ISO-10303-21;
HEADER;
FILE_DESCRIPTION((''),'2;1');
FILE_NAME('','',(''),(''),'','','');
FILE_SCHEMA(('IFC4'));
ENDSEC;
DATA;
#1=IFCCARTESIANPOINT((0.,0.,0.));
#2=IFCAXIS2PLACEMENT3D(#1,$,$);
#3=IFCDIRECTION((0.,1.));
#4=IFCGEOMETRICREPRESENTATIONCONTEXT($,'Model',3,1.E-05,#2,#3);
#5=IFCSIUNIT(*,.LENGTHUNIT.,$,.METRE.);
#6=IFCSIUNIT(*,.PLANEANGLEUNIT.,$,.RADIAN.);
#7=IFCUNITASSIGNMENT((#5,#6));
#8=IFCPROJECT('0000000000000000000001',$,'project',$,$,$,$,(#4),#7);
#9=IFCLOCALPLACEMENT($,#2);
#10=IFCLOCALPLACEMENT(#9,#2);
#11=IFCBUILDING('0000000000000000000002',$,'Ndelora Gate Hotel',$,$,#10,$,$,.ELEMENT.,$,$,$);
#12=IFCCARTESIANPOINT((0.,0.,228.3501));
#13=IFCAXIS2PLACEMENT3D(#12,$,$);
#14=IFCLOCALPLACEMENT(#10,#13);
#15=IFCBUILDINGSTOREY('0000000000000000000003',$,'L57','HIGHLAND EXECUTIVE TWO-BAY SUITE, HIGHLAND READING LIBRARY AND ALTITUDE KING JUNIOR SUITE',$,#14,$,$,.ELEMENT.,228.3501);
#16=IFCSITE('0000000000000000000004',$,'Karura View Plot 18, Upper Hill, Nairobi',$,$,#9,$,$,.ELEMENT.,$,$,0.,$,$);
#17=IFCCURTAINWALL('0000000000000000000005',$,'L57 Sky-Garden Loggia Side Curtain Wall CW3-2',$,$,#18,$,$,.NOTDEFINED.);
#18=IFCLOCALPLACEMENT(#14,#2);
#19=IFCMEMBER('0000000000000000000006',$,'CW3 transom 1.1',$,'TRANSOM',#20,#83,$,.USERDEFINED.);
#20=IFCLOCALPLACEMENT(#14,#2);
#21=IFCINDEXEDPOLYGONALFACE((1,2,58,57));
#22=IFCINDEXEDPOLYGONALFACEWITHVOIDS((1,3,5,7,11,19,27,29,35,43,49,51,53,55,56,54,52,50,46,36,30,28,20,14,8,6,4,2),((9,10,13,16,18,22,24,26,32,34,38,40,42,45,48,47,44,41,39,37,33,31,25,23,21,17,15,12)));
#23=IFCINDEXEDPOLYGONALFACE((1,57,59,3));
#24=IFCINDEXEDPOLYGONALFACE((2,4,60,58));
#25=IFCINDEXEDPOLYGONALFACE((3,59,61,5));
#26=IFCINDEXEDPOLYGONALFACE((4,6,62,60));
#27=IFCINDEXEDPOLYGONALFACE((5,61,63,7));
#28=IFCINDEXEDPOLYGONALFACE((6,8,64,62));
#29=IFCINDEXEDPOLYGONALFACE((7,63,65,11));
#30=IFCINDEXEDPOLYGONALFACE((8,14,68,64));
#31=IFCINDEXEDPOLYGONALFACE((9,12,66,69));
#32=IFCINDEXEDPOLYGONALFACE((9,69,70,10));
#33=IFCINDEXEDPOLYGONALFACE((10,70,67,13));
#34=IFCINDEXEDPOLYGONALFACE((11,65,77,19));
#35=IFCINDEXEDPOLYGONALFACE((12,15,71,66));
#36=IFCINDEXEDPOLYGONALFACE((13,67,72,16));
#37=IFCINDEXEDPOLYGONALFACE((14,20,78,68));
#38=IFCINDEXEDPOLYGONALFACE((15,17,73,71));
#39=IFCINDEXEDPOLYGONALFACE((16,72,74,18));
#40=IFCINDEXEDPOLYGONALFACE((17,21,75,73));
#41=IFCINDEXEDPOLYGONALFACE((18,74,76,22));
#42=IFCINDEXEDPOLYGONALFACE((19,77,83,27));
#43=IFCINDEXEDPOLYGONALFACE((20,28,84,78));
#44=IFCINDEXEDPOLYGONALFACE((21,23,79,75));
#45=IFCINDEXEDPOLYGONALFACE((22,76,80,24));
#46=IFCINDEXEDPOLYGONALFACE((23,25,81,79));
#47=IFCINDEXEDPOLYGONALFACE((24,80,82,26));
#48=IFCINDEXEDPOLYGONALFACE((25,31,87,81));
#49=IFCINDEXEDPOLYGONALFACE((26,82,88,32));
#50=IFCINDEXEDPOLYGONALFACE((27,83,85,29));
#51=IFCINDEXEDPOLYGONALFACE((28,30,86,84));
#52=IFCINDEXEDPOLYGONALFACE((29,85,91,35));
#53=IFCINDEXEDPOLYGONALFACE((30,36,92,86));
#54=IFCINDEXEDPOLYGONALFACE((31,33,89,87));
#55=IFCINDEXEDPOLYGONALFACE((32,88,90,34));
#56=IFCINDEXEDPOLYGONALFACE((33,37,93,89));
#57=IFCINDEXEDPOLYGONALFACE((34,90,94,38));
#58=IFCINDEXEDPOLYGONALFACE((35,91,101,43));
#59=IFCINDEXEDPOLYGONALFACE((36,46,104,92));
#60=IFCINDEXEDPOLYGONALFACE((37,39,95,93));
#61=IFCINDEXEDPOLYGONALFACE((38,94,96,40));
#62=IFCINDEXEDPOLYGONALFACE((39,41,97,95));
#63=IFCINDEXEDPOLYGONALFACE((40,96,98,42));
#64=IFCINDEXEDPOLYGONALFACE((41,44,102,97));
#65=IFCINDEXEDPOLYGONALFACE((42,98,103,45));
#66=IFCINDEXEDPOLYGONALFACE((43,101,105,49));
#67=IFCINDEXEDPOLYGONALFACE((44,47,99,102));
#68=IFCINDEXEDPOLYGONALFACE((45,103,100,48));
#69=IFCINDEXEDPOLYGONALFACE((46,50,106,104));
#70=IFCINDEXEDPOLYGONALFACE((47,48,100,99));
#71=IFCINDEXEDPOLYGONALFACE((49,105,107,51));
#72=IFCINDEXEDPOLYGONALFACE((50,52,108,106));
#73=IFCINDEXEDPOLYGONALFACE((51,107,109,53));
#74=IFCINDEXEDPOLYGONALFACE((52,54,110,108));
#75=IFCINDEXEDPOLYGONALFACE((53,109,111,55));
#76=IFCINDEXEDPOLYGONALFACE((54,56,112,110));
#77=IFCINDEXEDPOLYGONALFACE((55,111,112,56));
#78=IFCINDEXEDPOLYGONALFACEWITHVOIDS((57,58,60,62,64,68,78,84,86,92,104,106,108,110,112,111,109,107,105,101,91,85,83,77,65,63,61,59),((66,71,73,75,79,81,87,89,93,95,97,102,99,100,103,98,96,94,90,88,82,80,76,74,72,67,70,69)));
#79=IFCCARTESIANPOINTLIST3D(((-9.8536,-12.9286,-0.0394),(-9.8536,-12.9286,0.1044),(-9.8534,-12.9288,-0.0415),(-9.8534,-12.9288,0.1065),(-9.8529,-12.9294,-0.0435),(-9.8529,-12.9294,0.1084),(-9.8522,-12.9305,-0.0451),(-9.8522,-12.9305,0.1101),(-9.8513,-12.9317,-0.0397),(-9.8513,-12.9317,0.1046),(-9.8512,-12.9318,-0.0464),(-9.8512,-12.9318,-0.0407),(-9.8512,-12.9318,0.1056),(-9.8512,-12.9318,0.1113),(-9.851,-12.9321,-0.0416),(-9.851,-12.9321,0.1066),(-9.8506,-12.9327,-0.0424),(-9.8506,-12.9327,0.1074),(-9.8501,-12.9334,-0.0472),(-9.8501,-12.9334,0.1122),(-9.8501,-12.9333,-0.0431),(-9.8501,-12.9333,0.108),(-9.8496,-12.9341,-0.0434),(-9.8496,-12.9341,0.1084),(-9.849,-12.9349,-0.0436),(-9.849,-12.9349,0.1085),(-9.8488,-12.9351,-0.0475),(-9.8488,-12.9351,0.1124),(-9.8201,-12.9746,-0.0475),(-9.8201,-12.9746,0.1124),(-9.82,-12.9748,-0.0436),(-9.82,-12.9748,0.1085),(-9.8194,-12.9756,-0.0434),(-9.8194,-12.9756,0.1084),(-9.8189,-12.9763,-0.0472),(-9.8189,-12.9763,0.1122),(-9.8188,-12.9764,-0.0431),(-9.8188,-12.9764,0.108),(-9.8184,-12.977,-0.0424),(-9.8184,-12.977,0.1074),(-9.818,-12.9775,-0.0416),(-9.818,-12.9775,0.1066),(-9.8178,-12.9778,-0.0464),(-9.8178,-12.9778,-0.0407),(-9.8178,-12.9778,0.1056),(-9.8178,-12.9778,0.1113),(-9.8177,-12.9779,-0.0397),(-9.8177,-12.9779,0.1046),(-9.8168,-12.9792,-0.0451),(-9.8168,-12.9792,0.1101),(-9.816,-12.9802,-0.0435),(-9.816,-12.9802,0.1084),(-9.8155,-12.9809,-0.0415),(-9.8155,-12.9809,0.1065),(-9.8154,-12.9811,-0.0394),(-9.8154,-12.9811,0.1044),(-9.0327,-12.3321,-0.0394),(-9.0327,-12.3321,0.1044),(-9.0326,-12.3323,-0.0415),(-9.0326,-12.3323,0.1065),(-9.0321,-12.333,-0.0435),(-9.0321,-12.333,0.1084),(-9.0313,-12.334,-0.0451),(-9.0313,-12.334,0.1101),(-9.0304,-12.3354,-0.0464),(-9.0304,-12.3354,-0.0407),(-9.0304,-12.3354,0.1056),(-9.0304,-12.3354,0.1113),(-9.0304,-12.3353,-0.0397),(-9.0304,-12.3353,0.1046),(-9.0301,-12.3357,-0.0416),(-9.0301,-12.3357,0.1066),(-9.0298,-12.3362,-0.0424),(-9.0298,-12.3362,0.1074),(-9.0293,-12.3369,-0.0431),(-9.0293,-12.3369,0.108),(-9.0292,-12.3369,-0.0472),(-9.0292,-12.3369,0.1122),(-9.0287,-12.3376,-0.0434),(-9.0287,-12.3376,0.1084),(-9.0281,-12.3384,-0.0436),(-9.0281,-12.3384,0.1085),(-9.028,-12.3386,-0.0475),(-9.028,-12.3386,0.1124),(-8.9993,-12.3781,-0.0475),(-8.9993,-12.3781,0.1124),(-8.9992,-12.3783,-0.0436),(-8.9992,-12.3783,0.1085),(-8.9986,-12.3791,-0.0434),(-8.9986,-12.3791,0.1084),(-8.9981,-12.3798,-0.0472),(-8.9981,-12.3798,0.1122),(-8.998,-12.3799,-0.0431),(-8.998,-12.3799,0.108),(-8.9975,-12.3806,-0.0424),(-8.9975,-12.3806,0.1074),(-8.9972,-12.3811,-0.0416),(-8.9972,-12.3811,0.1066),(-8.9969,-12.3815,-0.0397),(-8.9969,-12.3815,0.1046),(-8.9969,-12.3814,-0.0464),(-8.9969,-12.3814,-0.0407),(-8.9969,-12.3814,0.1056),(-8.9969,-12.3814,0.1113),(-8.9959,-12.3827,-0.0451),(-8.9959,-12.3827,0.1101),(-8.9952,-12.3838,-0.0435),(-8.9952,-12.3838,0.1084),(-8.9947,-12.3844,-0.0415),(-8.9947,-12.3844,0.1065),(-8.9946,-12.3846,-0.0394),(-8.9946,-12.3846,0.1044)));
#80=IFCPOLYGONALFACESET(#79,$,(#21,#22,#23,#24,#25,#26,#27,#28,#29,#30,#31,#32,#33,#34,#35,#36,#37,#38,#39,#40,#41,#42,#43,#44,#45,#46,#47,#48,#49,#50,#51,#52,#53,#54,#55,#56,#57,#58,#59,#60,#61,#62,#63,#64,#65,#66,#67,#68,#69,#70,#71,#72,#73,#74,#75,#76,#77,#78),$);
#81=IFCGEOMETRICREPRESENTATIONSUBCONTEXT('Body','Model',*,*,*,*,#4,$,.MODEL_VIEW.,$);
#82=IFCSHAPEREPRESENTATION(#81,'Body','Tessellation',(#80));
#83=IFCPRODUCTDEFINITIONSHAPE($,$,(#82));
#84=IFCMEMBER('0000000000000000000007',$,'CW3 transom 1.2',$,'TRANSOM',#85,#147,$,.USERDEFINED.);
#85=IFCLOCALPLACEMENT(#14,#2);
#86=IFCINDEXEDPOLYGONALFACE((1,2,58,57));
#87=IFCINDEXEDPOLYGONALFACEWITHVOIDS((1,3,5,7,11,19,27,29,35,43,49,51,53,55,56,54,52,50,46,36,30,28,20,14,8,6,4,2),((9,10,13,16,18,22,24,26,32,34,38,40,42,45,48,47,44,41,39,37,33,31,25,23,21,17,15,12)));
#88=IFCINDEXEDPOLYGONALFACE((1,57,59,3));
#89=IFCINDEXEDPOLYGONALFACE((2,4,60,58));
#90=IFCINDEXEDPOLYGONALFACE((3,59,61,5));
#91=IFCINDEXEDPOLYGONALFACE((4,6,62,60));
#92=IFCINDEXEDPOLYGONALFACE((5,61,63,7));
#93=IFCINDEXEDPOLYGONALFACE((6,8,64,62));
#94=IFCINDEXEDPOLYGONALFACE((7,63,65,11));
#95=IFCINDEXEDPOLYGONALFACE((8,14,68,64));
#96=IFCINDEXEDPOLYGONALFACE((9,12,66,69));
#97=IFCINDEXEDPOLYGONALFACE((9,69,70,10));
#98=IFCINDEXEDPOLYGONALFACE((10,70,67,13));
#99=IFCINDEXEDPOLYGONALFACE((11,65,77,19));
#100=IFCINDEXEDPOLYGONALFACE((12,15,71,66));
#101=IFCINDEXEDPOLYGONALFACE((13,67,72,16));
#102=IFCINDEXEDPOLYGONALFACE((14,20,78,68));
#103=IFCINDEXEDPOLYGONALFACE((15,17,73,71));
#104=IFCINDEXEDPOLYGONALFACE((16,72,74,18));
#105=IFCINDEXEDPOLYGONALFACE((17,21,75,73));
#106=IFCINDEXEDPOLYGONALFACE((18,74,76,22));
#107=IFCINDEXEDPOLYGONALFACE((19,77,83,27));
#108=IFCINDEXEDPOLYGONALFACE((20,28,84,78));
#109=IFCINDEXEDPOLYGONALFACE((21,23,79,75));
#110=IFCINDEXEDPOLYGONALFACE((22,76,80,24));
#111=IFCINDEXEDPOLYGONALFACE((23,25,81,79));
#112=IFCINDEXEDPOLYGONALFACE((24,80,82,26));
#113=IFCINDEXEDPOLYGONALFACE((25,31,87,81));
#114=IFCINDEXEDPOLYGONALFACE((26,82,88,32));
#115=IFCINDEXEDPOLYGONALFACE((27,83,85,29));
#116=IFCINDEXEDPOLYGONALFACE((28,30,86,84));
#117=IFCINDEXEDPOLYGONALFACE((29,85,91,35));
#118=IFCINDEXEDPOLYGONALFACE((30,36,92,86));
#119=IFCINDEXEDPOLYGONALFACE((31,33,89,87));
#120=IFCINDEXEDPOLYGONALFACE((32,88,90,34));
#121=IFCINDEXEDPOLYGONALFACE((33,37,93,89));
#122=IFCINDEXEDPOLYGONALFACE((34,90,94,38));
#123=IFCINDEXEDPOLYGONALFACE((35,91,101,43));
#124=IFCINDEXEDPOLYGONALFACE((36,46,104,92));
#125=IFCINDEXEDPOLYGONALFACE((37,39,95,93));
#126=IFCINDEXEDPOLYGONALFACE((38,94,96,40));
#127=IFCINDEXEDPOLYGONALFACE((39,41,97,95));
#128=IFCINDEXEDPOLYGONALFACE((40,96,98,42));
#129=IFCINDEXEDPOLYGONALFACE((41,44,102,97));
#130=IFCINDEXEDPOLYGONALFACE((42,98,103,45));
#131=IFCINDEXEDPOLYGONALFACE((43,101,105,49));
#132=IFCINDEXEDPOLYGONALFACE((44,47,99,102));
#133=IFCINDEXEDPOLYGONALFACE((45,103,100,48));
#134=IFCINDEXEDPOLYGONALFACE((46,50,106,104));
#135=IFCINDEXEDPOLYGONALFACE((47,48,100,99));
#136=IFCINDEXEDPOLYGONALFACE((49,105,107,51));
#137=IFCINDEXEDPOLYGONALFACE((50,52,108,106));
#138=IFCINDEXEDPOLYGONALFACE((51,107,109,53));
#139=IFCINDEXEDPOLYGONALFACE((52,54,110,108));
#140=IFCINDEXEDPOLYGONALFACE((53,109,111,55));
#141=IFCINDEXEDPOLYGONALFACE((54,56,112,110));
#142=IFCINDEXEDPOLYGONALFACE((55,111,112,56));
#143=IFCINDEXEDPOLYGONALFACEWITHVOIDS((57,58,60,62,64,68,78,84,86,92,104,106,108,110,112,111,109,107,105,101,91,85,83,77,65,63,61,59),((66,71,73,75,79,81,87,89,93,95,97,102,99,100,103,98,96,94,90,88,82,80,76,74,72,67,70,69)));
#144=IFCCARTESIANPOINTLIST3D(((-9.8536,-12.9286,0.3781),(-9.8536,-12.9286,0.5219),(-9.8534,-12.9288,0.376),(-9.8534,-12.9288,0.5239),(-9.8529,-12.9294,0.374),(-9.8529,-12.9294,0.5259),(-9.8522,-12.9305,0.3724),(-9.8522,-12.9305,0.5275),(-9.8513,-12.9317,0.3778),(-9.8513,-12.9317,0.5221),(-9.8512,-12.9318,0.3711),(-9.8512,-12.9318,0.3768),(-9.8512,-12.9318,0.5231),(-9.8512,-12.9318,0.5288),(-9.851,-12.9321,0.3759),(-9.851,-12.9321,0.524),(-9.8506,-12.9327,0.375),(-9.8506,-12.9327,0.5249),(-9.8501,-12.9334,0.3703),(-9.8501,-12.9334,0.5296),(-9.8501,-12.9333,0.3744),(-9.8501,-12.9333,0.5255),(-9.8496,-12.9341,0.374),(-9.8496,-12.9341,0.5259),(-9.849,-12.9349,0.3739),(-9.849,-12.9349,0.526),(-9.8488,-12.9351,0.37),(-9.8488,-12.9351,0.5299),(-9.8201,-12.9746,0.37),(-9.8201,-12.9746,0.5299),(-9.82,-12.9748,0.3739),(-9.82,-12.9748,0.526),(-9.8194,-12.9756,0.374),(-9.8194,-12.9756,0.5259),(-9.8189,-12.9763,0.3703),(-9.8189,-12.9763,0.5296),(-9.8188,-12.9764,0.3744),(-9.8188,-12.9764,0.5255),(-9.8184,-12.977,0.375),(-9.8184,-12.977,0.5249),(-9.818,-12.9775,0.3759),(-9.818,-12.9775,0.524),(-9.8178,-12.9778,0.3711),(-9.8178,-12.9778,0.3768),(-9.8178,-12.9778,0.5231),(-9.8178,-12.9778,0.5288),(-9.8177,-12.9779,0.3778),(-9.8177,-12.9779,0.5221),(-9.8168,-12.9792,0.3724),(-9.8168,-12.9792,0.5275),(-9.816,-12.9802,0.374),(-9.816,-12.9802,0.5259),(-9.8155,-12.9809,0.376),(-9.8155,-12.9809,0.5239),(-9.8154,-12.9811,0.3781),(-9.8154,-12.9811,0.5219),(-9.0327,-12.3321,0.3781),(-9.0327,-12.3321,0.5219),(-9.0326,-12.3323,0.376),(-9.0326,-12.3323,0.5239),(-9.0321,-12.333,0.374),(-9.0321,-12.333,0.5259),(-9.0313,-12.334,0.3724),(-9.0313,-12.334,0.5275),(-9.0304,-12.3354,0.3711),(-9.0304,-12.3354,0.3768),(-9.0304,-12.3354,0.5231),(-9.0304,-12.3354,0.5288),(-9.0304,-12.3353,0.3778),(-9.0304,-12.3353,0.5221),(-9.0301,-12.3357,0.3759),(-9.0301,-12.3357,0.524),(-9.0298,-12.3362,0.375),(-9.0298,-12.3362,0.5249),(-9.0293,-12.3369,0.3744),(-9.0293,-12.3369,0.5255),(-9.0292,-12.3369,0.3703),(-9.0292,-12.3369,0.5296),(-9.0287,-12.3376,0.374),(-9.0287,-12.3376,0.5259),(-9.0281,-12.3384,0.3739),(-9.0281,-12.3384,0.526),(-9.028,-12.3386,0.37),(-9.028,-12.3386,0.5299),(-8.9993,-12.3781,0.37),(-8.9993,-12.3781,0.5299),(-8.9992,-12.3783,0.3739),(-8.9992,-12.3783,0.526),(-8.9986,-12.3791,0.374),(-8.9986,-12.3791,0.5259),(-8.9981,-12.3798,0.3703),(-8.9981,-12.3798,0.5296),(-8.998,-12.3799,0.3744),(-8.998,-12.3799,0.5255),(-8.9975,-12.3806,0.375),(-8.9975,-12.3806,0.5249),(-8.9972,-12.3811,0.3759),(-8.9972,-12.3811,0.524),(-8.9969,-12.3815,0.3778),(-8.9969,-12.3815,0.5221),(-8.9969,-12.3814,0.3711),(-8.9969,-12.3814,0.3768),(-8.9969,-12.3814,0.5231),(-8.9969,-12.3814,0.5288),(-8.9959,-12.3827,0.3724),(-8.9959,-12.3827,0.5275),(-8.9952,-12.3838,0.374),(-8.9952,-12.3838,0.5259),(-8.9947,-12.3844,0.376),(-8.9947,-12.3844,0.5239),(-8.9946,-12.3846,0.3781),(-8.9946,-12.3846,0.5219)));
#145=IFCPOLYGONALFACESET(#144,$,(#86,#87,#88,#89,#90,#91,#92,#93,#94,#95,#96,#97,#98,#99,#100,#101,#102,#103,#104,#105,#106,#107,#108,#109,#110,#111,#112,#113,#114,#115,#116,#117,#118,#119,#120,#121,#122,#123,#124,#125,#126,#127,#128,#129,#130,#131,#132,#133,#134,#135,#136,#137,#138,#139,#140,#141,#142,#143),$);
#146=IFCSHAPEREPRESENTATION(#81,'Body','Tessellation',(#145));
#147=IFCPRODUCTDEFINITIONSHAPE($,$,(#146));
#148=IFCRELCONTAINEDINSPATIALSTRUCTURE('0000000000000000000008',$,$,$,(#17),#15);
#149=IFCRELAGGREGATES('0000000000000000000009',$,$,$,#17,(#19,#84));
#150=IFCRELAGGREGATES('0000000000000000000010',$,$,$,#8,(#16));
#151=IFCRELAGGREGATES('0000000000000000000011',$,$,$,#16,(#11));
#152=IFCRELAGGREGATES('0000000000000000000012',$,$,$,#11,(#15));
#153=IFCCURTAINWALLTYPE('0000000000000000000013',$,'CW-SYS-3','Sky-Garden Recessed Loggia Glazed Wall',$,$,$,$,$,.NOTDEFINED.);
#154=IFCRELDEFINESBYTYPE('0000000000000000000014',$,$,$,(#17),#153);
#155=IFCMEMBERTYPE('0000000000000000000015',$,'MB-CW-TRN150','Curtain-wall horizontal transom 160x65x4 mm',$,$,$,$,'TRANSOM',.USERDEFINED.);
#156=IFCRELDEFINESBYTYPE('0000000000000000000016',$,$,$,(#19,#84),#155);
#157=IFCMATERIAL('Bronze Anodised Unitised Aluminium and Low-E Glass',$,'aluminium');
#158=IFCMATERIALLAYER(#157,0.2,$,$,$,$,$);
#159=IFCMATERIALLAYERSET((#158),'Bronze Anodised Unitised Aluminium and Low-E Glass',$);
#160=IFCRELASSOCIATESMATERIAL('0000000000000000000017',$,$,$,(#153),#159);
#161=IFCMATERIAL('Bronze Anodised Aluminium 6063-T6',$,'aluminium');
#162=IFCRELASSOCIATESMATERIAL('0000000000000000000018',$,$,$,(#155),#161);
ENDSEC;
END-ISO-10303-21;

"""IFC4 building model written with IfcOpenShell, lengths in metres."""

from ifc_helpers import new_model, si_unit, direction, frame, origin, origin_2d, place, context, subcontext, project, spatial, hollow_rectangle, extrude, material, layer, layer_set, material_profile, profile_set, type_object, element, aggregate, save


model = new_model("IFC4")

# Units and contexts
model_context = context("Model", 3, precision=1e-05, world=origin(), true_north=direction((0.0, 1.0)))
body_context = subcontext(model_context, "Body", "Model", "MODEL_VIEW")
ifc_project = project(units=[si_unit("LENGTHUNIT", "METRE"), si_unit("PLANEANGLEUNIT", "RADIAN")], contexts=[model_context])

# Site, building, storey
site_placement = place(None, origin())
site = spatial("IfcSite", under=ifc_project, at=site_placement, Name="Karura View Plot 18, Upper Hill, Nairobi", CompositionType="ELEMENT", RefElevation=0.0)
building_placement = place(site_placement, origin())
building = spatial("IfcBuilding", under=site, at=building_placement, Name="Ndelora Gate Hotel", CompositionType="ELEMENT")
storey_placement = place(building_placement, frame((0.0, 0.0, 228.3501)))
storey = spatial("IfcBuildingStorey", under=building, at=storey_placement, Name="L57", Description="HIGHLAND EXECUTIVE TWO-BAY SUITE, HIGHLAND READING LIBRARY AND ALTITUDE KING JUNIOR SUITE", CompositionType="ELEMENT", Elevation=228.3501)

# Curtain wall, members
ifc_material_1 = material(Name="Bronze Anodised Unitised Aluminium and Low-E Glass", Category="aluminium")
ifc_layer_1 = layer(ifc_material_1, 0.2)
ifc_layer_set_1 = layer_set([ifc_layer_1], Name="Bronze Anodised Unitised Aluminium and Low-E Glass")
curtain_wall_type = type_object("IfcCurtainWallType", Name="CW-SYS-3", Description="Sky-Garden Recessed Loggia Glazed Wall", PredefinedType="NOTDEFINED", material=ifc_layer_set_1)
curtain_wall_placement = place(storey_placement, origin())
curtain_wall = element("IfcCurtainWall", 1, at=curtain_wall_placement, inside=storey, type_object=curtain_wall_type, Name="L57 Sky-Garden Loggia Side Curtain Wall CW3-2", PredefinedType="NOTDEFINED")
ifc_material_2 = material(Name="Bronze Anodised Aluminium 6063-T6", Category="aluminium")
ifc_material_profile_1 = material_profile(ifc_material_2, hollow_rectangle(XDim=0.0649, YDim=0.1599, WallThickness=0.0039, InnerFilletRadius=0.0039, OuterFilletRadius=0.0081, at=origin_2d()), Name="ALU 160x65x4")
ifc_profile_set_1 = profile_set([ifc_material_profile_1], Name="Bronze Anodised Aluminium 6063-T6")
member_type_1 = type_object("IfcMemberType", Name="MB-CW-TRN150", Description="Curtain-wall horizontal transom 160x65x4 mm", ElementType="TRANSOM", PredefinedType="USERDEFINED", material=ifc_profile_set_1)
member_1_placement = place(storey_placement, frame((-9.8345, -12.9548, 0.0325), z_axis=(0.808975, 0.587843, 0.0), x_axis=(-0.587843, 0.808975, 0.0)))
member_1 = element("IfcMember", 2, at=member_1_placement, type_object=member_type_1, Name="CW3 transom 1.1", ObjectType="TRANSOM", PredefinedType="USERDEFINED", context=body_context, shape_type="SweptSolid", body=[
    extrude(hollow_rectangle(XDim=0.0649, YDim=0.1599, WallThickness=0.0039, InnerFilletRadius=0.0039, OuterFilletRadius=0.0081, at=origin_2d()), origin(), (0.0, 0.0, 1.0), 1.0146),
])
member_2_placement = place(storey_placement, frame((-9.8345, -12.9548, 0.45), z_axis=(0.808975, 0.587843, 0.0), x_axis=(-0.587843, 0.808975, 0.0)))
member_2 = element("IfcMember", 3, at=member_2_placement, type_object=member_type_1, Name="CW3 transom 1.2", ObjectType="TRANSOM", PredefinedType="USERDEFINED", context=body_context, shape_type="SweptSolid", body=[
    extrude(hollow_rectangle(XDim=0.0649, YDim=0.1599, WallThickness=0.0039, InnerFilletRadius=0.0039, OuterFilletRadius=0.0081, at=origin_2d()), origin(), (0.0, 0.0, 1.0), 1.0146),
])
aggregate(curtain_wall, [member_1, member_2])

save(model, "model.ifc")
